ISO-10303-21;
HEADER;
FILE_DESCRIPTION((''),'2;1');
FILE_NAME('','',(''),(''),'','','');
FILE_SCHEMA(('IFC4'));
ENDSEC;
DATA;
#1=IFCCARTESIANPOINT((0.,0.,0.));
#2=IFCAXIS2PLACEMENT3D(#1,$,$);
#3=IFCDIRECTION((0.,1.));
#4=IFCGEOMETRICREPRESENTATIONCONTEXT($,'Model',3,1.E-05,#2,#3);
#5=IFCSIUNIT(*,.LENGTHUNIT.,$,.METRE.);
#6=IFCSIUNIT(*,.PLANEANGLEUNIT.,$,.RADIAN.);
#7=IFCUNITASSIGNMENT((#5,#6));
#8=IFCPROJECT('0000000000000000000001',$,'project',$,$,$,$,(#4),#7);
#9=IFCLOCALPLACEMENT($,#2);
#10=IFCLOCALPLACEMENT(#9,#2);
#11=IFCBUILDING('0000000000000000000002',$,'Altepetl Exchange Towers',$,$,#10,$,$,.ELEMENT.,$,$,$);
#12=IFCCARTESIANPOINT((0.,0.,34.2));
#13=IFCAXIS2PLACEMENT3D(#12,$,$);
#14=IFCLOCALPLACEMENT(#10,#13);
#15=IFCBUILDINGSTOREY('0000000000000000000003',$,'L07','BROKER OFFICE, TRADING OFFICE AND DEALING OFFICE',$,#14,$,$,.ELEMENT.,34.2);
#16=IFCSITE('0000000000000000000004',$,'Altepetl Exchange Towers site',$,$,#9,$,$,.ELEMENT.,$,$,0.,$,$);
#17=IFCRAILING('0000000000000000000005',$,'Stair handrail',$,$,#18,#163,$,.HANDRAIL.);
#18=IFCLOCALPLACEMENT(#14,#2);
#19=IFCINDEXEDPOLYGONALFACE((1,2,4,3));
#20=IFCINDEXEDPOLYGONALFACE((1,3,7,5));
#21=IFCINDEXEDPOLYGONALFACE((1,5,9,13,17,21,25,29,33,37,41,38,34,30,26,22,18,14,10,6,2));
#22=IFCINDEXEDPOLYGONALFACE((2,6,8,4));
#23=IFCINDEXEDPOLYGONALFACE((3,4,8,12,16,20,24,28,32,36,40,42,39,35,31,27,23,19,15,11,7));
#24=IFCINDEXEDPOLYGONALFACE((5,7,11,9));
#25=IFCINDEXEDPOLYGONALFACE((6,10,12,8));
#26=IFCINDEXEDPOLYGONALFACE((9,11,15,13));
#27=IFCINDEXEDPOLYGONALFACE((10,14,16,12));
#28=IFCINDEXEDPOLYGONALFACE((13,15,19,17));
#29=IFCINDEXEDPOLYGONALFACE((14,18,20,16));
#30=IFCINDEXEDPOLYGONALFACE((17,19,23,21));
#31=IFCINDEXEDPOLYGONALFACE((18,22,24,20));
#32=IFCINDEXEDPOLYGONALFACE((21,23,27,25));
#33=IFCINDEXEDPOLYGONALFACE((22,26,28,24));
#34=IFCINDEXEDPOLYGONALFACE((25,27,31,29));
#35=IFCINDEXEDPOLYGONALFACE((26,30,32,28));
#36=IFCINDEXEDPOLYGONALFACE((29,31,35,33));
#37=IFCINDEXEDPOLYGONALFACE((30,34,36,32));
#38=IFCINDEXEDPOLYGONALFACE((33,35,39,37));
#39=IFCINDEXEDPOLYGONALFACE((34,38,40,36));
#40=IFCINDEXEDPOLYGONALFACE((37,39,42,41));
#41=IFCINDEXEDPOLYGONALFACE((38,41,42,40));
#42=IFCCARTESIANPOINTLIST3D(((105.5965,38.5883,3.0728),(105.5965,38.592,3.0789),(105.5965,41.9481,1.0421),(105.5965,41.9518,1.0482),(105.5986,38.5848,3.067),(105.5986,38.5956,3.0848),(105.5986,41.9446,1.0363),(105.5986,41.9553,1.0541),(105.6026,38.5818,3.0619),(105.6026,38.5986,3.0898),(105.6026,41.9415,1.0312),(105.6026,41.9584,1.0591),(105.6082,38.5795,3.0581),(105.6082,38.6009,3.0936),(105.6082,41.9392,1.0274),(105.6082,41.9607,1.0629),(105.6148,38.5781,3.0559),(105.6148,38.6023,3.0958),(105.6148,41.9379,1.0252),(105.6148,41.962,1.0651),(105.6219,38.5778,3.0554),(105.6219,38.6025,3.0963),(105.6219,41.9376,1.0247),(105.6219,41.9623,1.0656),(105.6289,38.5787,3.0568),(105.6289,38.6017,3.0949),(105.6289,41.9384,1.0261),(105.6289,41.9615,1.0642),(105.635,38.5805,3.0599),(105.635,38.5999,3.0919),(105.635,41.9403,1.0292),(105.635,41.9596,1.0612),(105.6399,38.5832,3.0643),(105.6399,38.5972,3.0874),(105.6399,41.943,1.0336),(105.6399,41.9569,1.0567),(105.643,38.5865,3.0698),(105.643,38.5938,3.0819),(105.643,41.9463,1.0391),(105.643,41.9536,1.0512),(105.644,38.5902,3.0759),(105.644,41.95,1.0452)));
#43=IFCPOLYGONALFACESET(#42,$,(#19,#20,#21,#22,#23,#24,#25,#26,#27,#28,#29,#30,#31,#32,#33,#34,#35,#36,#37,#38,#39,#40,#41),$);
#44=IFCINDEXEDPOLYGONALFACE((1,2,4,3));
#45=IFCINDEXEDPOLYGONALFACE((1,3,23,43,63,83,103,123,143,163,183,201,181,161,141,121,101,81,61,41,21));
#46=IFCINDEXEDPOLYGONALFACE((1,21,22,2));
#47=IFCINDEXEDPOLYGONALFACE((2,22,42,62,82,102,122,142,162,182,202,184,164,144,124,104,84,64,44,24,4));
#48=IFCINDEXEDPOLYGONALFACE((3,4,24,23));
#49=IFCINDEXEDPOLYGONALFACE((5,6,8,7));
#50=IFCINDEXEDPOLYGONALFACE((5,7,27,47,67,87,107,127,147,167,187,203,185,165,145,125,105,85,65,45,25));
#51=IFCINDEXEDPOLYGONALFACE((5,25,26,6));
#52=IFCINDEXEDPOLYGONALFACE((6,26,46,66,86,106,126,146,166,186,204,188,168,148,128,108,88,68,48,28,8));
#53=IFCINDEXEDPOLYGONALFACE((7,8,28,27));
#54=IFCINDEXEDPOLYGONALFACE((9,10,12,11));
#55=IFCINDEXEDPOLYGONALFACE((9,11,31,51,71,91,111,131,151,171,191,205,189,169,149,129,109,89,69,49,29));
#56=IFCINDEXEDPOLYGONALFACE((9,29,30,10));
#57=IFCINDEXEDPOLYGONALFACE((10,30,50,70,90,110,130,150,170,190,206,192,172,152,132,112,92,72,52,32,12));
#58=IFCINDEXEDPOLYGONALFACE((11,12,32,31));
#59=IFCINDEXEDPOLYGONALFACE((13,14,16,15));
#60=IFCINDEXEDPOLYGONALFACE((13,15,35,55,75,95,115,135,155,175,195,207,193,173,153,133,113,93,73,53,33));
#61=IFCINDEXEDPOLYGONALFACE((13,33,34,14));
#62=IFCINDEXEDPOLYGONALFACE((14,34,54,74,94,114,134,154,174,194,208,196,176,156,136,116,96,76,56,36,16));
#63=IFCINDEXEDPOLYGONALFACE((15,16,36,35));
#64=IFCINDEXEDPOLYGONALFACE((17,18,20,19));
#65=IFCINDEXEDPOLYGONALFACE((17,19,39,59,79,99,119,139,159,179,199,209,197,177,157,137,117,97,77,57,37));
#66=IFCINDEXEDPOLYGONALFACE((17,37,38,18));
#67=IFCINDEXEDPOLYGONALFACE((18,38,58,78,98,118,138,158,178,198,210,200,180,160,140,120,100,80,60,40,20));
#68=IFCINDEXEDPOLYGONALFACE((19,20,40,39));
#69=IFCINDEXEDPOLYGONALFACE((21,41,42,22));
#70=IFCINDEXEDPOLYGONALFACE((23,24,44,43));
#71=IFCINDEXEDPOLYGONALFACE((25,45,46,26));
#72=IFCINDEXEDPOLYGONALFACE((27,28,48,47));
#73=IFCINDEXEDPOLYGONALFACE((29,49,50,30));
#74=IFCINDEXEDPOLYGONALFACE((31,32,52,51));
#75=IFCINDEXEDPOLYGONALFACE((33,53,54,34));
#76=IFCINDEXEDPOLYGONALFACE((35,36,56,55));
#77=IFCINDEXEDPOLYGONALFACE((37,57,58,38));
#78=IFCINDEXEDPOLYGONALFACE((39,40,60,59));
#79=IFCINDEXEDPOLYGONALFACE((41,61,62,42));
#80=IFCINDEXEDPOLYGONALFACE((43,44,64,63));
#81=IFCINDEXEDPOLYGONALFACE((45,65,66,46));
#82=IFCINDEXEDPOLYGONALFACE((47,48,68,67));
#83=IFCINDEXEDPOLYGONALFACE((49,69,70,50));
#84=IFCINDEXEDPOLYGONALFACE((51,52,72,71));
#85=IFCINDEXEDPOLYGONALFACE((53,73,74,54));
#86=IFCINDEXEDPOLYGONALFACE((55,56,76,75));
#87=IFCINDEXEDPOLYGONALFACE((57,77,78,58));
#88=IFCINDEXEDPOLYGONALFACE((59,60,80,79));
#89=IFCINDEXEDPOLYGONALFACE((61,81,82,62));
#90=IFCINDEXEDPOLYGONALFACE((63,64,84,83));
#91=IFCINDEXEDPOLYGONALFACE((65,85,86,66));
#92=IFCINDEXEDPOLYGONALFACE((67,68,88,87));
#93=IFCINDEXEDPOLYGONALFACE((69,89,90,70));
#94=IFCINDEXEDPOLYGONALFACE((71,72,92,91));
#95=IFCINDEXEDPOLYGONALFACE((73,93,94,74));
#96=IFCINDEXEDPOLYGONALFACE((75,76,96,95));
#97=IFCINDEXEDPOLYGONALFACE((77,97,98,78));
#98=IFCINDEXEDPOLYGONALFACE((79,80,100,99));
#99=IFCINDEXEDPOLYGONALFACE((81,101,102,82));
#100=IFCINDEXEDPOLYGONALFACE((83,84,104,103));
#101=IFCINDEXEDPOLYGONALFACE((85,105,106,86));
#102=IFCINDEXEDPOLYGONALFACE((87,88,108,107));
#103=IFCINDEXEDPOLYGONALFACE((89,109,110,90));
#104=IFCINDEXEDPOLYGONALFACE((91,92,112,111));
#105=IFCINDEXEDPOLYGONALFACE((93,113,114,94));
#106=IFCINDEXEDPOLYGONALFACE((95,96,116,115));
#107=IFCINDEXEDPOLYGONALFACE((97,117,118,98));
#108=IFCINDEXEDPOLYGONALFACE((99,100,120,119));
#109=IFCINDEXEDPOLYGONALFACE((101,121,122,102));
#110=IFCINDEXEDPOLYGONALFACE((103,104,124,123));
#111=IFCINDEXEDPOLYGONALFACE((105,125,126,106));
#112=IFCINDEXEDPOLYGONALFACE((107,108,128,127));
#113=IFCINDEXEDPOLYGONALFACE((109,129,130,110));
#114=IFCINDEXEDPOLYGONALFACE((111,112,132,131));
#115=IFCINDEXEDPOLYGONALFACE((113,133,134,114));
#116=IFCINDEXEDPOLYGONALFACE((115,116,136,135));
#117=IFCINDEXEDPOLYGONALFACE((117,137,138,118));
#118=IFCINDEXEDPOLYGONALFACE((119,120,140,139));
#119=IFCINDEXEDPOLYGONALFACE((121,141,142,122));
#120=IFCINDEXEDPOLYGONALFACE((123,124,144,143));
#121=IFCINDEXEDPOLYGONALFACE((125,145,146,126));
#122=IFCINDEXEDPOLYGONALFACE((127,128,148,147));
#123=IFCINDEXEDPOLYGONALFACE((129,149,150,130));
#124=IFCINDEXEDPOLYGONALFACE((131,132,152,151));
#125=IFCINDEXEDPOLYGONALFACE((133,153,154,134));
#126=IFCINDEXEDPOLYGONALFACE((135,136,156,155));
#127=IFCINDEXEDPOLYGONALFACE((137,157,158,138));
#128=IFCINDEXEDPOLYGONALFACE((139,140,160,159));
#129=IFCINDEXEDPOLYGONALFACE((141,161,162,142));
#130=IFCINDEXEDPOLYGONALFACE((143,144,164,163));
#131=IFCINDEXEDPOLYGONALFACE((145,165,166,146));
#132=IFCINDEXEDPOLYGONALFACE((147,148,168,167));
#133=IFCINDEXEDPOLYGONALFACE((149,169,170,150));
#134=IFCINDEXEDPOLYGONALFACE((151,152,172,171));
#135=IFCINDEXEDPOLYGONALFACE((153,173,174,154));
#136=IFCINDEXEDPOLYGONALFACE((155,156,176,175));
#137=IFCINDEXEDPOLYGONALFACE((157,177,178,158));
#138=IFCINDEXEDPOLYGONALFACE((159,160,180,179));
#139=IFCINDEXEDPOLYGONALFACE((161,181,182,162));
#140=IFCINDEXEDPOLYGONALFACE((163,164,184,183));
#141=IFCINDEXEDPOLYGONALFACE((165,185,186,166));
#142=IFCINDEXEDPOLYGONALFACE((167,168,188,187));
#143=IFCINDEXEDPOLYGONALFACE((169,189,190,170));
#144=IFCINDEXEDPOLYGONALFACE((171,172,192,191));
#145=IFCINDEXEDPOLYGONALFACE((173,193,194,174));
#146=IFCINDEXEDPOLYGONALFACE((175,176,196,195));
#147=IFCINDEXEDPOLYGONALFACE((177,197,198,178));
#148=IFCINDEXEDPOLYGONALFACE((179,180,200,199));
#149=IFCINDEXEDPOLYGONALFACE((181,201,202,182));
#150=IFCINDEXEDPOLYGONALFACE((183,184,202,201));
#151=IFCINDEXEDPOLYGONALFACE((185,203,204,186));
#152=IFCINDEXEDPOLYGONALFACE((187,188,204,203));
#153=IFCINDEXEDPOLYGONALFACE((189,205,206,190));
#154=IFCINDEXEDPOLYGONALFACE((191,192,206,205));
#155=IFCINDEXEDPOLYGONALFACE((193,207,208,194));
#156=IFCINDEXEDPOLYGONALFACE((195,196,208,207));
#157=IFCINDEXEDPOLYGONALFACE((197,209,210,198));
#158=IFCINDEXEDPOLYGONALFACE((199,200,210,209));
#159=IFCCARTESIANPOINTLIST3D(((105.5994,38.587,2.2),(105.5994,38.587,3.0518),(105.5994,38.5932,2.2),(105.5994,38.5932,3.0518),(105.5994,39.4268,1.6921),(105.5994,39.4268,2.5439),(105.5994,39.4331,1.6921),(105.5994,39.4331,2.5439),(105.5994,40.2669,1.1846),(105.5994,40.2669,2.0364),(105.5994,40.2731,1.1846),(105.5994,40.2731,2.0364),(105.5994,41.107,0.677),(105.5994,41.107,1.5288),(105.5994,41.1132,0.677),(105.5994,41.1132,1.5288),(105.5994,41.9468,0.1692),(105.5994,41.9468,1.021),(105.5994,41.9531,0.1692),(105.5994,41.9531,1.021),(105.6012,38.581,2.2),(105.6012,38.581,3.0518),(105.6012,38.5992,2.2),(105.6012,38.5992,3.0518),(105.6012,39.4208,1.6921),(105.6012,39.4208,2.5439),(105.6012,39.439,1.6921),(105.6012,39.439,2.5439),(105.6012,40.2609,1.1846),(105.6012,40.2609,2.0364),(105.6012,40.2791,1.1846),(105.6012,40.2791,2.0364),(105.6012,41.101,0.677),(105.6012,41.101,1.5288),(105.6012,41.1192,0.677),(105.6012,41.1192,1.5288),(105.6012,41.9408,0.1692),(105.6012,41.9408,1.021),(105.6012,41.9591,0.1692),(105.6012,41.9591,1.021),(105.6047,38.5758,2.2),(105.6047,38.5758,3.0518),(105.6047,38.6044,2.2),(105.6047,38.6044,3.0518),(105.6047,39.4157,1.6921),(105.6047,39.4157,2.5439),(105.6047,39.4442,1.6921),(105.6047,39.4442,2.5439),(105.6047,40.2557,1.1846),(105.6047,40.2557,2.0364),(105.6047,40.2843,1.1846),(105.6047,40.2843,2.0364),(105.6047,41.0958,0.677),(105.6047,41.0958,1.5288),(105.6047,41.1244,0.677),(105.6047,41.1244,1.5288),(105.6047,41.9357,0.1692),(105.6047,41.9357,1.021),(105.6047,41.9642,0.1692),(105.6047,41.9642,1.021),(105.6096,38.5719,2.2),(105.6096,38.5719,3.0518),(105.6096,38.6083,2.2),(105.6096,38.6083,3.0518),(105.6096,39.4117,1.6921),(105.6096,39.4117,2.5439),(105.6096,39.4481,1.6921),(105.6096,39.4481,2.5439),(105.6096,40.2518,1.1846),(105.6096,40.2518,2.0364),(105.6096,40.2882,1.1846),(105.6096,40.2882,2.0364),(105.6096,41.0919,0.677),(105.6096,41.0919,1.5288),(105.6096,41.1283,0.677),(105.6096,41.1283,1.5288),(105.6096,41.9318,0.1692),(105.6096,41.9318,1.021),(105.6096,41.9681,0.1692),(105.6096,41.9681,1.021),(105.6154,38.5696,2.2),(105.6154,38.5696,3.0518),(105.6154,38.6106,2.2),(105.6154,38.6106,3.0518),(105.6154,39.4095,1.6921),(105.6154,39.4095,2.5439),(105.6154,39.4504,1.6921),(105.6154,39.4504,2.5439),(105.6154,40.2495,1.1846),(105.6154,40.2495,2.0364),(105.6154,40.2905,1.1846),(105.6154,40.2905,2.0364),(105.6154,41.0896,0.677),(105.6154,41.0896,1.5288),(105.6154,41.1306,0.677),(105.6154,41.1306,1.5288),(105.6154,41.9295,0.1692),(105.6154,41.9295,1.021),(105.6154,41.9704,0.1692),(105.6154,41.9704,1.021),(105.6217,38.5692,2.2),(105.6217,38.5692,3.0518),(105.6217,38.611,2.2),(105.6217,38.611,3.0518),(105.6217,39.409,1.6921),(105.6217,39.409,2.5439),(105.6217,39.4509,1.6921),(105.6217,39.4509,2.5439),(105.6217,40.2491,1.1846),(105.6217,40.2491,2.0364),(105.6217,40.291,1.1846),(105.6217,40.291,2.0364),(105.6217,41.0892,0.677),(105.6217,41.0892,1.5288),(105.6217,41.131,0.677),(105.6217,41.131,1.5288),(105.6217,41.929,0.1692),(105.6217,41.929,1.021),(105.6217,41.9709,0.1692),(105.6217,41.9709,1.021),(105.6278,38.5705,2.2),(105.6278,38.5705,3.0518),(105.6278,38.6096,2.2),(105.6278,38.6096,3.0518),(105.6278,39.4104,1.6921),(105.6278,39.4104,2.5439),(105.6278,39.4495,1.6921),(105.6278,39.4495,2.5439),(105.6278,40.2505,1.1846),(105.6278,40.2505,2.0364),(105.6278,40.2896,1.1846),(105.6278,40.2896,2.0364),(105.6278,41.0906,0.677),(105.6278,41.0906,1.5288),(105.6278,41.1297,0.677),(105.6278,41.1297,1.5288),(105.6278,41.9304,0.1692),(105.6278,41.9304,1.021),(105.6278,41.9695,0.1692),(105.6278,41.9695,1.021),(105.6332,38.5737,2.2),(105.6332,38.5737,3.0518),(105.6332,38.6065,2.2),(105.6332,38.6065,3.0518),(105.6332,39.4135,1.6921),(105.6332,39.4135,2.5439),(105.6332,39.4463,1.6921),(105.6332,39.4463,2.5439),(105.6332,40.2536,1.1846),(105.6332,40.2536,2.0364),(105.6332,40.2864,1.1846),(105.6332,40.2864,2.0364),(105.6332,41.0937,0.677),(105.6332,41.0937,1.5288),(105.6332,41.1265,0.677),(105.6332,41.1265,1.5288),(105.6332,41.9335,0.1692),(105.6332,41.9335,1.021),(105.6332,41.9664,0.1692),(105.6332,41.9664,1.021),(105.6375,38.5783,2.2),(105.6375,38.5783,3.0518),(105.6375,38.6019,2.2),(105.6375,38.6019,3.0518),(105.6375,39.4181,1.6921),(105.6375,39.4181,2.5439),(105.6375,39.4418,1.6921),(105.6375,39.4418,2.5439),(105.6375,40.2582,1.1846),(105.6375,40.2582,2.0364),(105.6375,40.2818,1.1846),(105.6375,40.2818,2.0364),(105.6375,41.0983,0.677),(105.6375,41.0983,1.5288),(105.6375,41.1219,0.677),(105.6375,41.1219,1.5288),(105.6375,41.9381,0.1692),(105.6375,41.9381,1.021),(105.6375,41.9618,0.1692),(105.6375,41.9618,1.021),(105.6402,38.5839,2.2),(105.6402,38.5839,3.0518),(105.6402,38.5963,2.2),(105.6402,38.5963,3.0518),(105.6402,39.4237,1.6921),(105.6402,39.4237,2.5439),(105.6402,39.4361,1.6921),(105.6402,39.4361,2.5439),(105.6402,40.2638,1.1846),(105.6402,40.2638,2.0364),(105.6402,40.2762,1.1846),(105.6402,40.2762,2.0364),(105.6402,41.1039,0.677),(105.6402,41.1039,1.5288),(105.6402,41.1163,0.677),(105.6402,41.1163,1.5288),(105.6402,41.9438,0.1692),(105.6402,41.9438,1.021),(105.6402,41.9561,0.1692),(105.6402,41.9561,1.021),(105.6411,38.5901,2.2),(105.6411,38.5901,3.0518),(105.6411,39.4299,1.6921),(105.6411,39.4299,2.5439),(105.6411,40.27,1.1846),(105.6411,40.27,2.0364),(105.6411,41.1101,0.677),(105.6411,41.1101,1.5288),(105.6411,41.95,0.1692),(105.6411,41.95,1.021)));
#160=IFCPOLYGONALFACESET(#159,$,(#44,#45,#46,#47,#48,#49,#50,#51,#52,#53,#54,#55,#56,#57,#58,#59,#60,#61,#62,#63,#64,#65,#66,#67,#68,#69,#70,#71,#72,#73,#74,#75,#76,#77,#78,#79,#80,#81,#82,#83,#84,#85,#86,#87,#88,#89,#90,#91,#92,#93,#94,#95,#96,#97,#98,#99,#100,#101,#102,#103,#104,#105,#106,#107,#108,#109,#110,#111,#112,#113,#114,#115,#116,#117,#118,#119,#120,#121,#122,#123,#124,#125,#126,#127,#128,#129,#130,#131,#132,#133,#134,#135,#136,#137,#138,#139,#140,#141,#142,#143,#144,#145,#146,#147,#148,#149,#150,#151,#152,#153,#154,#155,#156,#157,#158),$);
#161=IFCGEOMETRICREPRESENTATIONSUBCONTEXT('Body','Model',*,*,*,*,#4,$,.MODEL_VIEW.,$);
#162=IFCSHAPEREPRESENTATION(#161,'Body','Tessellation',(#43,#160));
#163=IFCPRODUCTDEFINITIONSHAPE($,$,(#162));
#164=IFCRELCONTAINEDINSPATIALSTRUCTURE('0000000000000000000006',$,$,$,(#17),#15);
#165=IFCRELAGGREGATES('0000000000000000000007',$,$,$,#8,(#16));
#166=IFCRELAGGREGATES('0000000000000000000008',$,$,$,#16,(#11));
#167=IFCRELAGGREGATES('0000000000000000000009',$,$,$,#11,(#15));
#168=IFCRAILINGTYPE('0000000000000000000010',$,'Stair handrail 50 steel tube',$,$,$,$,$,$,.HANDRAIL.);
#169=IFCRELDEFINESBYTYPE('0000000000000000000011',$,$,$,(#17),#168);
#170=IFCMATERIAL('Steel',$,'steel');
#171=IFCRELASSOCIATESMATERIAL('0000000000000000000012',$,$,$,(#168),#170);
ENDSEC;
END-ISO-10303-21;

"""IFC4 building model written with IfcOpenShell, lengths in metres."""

from ifc_helpers import new_model, si_unit, direction, frame, origin, origin_2d, place, context, subcontext, project, spatial, circle, extrude, source, transform, mapped, material, type_object, element, save


model = new_model("IFC4")

# Units and contexts
model_context = context("Model", 3, precision=1e-05, world=origin(), true_north=direction((0.0, 1.0)))
body_context = subcontext(model_context, "Body", "Model", "MODEL_VIEW")
ifc_project = project(units=[si_unit("LENGTHUNIT", "METRE"), si_unit("PLANEANGLEUNIT", "RADIAN")], contexts=[model_context])

# Site, building, storey
site_placement = place(None, origin())
site = spatial("IfcSite", under=ifc_project, at=site_placement, Name="Altepetl Exchange Towers site", CompositionType="ELEMENT", RefElevation=0.0)
building_placement = place(site_placement, origin())
building = spatial("IfcBuilding", under=site, at=building_placement, Name="Altepetl Exchange Towers", CompositionType="ELEMENT")
storey_placement = place(building_placement, frame((0.0, 0.0, 34.2)))
storey = spatial("IfcBuildingStorey", under=building, at=storey_placement, Name="L07", Description="BROKER OFFICE, TRADING OFFICE AND DEALING OFFICE", CompositionType="ELEMENT", Elevation=34.2)

# Railing
ifc_material_1 = material(Name="Steel", Category="steel")
railing_type = type_object("IfcRailingType", Name="Stair handrail 50 steel tube", PredefinedType="HANDRAIL", material=ifc_material_1)
shared_shape = source(origin(), body_context, "Body", "SweptSolid", [
    extrude(circle(Radius=0.021, at=origin_2d()), origin(), (0.0, 0.0, 1.0), 0.8518),
])
railing_1_placement = place(storey_placement, frame((105.6201, 41.95, 0.1692)))
element("IfcRailing", 1, at=railing_1_placement, inside=storey, type_object=railing_type, Name="Stair handrail", PredefinedType="HANDRAIL", context=body_context, shape_type="SweptSolid", body=[
    extrude(circle(Radius=0.0239, at=origin_2d()), frame((0.0, 0.0, 0.876), z_axis=(0.0, -0.85582, 0.517273), x_axis=(1.0, 0.0, 0.0)), (0.0, 0.0, 1.0), 3.9258),
    mapped(shared_shape, transform((0.0, 0.0, 0.0))),
    mapped(shared_shape, transform((0.0, -0.8398, 0.5078))),
    mapped(shared_shape, transform((0.0, -1.6799, 1.0154))),
    mapped(shared_shape, transform((0.0, -2.52, 1.5229))),
    mapped(shared_shape, transform((0.0, -3.3599, 2.0308))),
])

save(model, "model.ifc")
